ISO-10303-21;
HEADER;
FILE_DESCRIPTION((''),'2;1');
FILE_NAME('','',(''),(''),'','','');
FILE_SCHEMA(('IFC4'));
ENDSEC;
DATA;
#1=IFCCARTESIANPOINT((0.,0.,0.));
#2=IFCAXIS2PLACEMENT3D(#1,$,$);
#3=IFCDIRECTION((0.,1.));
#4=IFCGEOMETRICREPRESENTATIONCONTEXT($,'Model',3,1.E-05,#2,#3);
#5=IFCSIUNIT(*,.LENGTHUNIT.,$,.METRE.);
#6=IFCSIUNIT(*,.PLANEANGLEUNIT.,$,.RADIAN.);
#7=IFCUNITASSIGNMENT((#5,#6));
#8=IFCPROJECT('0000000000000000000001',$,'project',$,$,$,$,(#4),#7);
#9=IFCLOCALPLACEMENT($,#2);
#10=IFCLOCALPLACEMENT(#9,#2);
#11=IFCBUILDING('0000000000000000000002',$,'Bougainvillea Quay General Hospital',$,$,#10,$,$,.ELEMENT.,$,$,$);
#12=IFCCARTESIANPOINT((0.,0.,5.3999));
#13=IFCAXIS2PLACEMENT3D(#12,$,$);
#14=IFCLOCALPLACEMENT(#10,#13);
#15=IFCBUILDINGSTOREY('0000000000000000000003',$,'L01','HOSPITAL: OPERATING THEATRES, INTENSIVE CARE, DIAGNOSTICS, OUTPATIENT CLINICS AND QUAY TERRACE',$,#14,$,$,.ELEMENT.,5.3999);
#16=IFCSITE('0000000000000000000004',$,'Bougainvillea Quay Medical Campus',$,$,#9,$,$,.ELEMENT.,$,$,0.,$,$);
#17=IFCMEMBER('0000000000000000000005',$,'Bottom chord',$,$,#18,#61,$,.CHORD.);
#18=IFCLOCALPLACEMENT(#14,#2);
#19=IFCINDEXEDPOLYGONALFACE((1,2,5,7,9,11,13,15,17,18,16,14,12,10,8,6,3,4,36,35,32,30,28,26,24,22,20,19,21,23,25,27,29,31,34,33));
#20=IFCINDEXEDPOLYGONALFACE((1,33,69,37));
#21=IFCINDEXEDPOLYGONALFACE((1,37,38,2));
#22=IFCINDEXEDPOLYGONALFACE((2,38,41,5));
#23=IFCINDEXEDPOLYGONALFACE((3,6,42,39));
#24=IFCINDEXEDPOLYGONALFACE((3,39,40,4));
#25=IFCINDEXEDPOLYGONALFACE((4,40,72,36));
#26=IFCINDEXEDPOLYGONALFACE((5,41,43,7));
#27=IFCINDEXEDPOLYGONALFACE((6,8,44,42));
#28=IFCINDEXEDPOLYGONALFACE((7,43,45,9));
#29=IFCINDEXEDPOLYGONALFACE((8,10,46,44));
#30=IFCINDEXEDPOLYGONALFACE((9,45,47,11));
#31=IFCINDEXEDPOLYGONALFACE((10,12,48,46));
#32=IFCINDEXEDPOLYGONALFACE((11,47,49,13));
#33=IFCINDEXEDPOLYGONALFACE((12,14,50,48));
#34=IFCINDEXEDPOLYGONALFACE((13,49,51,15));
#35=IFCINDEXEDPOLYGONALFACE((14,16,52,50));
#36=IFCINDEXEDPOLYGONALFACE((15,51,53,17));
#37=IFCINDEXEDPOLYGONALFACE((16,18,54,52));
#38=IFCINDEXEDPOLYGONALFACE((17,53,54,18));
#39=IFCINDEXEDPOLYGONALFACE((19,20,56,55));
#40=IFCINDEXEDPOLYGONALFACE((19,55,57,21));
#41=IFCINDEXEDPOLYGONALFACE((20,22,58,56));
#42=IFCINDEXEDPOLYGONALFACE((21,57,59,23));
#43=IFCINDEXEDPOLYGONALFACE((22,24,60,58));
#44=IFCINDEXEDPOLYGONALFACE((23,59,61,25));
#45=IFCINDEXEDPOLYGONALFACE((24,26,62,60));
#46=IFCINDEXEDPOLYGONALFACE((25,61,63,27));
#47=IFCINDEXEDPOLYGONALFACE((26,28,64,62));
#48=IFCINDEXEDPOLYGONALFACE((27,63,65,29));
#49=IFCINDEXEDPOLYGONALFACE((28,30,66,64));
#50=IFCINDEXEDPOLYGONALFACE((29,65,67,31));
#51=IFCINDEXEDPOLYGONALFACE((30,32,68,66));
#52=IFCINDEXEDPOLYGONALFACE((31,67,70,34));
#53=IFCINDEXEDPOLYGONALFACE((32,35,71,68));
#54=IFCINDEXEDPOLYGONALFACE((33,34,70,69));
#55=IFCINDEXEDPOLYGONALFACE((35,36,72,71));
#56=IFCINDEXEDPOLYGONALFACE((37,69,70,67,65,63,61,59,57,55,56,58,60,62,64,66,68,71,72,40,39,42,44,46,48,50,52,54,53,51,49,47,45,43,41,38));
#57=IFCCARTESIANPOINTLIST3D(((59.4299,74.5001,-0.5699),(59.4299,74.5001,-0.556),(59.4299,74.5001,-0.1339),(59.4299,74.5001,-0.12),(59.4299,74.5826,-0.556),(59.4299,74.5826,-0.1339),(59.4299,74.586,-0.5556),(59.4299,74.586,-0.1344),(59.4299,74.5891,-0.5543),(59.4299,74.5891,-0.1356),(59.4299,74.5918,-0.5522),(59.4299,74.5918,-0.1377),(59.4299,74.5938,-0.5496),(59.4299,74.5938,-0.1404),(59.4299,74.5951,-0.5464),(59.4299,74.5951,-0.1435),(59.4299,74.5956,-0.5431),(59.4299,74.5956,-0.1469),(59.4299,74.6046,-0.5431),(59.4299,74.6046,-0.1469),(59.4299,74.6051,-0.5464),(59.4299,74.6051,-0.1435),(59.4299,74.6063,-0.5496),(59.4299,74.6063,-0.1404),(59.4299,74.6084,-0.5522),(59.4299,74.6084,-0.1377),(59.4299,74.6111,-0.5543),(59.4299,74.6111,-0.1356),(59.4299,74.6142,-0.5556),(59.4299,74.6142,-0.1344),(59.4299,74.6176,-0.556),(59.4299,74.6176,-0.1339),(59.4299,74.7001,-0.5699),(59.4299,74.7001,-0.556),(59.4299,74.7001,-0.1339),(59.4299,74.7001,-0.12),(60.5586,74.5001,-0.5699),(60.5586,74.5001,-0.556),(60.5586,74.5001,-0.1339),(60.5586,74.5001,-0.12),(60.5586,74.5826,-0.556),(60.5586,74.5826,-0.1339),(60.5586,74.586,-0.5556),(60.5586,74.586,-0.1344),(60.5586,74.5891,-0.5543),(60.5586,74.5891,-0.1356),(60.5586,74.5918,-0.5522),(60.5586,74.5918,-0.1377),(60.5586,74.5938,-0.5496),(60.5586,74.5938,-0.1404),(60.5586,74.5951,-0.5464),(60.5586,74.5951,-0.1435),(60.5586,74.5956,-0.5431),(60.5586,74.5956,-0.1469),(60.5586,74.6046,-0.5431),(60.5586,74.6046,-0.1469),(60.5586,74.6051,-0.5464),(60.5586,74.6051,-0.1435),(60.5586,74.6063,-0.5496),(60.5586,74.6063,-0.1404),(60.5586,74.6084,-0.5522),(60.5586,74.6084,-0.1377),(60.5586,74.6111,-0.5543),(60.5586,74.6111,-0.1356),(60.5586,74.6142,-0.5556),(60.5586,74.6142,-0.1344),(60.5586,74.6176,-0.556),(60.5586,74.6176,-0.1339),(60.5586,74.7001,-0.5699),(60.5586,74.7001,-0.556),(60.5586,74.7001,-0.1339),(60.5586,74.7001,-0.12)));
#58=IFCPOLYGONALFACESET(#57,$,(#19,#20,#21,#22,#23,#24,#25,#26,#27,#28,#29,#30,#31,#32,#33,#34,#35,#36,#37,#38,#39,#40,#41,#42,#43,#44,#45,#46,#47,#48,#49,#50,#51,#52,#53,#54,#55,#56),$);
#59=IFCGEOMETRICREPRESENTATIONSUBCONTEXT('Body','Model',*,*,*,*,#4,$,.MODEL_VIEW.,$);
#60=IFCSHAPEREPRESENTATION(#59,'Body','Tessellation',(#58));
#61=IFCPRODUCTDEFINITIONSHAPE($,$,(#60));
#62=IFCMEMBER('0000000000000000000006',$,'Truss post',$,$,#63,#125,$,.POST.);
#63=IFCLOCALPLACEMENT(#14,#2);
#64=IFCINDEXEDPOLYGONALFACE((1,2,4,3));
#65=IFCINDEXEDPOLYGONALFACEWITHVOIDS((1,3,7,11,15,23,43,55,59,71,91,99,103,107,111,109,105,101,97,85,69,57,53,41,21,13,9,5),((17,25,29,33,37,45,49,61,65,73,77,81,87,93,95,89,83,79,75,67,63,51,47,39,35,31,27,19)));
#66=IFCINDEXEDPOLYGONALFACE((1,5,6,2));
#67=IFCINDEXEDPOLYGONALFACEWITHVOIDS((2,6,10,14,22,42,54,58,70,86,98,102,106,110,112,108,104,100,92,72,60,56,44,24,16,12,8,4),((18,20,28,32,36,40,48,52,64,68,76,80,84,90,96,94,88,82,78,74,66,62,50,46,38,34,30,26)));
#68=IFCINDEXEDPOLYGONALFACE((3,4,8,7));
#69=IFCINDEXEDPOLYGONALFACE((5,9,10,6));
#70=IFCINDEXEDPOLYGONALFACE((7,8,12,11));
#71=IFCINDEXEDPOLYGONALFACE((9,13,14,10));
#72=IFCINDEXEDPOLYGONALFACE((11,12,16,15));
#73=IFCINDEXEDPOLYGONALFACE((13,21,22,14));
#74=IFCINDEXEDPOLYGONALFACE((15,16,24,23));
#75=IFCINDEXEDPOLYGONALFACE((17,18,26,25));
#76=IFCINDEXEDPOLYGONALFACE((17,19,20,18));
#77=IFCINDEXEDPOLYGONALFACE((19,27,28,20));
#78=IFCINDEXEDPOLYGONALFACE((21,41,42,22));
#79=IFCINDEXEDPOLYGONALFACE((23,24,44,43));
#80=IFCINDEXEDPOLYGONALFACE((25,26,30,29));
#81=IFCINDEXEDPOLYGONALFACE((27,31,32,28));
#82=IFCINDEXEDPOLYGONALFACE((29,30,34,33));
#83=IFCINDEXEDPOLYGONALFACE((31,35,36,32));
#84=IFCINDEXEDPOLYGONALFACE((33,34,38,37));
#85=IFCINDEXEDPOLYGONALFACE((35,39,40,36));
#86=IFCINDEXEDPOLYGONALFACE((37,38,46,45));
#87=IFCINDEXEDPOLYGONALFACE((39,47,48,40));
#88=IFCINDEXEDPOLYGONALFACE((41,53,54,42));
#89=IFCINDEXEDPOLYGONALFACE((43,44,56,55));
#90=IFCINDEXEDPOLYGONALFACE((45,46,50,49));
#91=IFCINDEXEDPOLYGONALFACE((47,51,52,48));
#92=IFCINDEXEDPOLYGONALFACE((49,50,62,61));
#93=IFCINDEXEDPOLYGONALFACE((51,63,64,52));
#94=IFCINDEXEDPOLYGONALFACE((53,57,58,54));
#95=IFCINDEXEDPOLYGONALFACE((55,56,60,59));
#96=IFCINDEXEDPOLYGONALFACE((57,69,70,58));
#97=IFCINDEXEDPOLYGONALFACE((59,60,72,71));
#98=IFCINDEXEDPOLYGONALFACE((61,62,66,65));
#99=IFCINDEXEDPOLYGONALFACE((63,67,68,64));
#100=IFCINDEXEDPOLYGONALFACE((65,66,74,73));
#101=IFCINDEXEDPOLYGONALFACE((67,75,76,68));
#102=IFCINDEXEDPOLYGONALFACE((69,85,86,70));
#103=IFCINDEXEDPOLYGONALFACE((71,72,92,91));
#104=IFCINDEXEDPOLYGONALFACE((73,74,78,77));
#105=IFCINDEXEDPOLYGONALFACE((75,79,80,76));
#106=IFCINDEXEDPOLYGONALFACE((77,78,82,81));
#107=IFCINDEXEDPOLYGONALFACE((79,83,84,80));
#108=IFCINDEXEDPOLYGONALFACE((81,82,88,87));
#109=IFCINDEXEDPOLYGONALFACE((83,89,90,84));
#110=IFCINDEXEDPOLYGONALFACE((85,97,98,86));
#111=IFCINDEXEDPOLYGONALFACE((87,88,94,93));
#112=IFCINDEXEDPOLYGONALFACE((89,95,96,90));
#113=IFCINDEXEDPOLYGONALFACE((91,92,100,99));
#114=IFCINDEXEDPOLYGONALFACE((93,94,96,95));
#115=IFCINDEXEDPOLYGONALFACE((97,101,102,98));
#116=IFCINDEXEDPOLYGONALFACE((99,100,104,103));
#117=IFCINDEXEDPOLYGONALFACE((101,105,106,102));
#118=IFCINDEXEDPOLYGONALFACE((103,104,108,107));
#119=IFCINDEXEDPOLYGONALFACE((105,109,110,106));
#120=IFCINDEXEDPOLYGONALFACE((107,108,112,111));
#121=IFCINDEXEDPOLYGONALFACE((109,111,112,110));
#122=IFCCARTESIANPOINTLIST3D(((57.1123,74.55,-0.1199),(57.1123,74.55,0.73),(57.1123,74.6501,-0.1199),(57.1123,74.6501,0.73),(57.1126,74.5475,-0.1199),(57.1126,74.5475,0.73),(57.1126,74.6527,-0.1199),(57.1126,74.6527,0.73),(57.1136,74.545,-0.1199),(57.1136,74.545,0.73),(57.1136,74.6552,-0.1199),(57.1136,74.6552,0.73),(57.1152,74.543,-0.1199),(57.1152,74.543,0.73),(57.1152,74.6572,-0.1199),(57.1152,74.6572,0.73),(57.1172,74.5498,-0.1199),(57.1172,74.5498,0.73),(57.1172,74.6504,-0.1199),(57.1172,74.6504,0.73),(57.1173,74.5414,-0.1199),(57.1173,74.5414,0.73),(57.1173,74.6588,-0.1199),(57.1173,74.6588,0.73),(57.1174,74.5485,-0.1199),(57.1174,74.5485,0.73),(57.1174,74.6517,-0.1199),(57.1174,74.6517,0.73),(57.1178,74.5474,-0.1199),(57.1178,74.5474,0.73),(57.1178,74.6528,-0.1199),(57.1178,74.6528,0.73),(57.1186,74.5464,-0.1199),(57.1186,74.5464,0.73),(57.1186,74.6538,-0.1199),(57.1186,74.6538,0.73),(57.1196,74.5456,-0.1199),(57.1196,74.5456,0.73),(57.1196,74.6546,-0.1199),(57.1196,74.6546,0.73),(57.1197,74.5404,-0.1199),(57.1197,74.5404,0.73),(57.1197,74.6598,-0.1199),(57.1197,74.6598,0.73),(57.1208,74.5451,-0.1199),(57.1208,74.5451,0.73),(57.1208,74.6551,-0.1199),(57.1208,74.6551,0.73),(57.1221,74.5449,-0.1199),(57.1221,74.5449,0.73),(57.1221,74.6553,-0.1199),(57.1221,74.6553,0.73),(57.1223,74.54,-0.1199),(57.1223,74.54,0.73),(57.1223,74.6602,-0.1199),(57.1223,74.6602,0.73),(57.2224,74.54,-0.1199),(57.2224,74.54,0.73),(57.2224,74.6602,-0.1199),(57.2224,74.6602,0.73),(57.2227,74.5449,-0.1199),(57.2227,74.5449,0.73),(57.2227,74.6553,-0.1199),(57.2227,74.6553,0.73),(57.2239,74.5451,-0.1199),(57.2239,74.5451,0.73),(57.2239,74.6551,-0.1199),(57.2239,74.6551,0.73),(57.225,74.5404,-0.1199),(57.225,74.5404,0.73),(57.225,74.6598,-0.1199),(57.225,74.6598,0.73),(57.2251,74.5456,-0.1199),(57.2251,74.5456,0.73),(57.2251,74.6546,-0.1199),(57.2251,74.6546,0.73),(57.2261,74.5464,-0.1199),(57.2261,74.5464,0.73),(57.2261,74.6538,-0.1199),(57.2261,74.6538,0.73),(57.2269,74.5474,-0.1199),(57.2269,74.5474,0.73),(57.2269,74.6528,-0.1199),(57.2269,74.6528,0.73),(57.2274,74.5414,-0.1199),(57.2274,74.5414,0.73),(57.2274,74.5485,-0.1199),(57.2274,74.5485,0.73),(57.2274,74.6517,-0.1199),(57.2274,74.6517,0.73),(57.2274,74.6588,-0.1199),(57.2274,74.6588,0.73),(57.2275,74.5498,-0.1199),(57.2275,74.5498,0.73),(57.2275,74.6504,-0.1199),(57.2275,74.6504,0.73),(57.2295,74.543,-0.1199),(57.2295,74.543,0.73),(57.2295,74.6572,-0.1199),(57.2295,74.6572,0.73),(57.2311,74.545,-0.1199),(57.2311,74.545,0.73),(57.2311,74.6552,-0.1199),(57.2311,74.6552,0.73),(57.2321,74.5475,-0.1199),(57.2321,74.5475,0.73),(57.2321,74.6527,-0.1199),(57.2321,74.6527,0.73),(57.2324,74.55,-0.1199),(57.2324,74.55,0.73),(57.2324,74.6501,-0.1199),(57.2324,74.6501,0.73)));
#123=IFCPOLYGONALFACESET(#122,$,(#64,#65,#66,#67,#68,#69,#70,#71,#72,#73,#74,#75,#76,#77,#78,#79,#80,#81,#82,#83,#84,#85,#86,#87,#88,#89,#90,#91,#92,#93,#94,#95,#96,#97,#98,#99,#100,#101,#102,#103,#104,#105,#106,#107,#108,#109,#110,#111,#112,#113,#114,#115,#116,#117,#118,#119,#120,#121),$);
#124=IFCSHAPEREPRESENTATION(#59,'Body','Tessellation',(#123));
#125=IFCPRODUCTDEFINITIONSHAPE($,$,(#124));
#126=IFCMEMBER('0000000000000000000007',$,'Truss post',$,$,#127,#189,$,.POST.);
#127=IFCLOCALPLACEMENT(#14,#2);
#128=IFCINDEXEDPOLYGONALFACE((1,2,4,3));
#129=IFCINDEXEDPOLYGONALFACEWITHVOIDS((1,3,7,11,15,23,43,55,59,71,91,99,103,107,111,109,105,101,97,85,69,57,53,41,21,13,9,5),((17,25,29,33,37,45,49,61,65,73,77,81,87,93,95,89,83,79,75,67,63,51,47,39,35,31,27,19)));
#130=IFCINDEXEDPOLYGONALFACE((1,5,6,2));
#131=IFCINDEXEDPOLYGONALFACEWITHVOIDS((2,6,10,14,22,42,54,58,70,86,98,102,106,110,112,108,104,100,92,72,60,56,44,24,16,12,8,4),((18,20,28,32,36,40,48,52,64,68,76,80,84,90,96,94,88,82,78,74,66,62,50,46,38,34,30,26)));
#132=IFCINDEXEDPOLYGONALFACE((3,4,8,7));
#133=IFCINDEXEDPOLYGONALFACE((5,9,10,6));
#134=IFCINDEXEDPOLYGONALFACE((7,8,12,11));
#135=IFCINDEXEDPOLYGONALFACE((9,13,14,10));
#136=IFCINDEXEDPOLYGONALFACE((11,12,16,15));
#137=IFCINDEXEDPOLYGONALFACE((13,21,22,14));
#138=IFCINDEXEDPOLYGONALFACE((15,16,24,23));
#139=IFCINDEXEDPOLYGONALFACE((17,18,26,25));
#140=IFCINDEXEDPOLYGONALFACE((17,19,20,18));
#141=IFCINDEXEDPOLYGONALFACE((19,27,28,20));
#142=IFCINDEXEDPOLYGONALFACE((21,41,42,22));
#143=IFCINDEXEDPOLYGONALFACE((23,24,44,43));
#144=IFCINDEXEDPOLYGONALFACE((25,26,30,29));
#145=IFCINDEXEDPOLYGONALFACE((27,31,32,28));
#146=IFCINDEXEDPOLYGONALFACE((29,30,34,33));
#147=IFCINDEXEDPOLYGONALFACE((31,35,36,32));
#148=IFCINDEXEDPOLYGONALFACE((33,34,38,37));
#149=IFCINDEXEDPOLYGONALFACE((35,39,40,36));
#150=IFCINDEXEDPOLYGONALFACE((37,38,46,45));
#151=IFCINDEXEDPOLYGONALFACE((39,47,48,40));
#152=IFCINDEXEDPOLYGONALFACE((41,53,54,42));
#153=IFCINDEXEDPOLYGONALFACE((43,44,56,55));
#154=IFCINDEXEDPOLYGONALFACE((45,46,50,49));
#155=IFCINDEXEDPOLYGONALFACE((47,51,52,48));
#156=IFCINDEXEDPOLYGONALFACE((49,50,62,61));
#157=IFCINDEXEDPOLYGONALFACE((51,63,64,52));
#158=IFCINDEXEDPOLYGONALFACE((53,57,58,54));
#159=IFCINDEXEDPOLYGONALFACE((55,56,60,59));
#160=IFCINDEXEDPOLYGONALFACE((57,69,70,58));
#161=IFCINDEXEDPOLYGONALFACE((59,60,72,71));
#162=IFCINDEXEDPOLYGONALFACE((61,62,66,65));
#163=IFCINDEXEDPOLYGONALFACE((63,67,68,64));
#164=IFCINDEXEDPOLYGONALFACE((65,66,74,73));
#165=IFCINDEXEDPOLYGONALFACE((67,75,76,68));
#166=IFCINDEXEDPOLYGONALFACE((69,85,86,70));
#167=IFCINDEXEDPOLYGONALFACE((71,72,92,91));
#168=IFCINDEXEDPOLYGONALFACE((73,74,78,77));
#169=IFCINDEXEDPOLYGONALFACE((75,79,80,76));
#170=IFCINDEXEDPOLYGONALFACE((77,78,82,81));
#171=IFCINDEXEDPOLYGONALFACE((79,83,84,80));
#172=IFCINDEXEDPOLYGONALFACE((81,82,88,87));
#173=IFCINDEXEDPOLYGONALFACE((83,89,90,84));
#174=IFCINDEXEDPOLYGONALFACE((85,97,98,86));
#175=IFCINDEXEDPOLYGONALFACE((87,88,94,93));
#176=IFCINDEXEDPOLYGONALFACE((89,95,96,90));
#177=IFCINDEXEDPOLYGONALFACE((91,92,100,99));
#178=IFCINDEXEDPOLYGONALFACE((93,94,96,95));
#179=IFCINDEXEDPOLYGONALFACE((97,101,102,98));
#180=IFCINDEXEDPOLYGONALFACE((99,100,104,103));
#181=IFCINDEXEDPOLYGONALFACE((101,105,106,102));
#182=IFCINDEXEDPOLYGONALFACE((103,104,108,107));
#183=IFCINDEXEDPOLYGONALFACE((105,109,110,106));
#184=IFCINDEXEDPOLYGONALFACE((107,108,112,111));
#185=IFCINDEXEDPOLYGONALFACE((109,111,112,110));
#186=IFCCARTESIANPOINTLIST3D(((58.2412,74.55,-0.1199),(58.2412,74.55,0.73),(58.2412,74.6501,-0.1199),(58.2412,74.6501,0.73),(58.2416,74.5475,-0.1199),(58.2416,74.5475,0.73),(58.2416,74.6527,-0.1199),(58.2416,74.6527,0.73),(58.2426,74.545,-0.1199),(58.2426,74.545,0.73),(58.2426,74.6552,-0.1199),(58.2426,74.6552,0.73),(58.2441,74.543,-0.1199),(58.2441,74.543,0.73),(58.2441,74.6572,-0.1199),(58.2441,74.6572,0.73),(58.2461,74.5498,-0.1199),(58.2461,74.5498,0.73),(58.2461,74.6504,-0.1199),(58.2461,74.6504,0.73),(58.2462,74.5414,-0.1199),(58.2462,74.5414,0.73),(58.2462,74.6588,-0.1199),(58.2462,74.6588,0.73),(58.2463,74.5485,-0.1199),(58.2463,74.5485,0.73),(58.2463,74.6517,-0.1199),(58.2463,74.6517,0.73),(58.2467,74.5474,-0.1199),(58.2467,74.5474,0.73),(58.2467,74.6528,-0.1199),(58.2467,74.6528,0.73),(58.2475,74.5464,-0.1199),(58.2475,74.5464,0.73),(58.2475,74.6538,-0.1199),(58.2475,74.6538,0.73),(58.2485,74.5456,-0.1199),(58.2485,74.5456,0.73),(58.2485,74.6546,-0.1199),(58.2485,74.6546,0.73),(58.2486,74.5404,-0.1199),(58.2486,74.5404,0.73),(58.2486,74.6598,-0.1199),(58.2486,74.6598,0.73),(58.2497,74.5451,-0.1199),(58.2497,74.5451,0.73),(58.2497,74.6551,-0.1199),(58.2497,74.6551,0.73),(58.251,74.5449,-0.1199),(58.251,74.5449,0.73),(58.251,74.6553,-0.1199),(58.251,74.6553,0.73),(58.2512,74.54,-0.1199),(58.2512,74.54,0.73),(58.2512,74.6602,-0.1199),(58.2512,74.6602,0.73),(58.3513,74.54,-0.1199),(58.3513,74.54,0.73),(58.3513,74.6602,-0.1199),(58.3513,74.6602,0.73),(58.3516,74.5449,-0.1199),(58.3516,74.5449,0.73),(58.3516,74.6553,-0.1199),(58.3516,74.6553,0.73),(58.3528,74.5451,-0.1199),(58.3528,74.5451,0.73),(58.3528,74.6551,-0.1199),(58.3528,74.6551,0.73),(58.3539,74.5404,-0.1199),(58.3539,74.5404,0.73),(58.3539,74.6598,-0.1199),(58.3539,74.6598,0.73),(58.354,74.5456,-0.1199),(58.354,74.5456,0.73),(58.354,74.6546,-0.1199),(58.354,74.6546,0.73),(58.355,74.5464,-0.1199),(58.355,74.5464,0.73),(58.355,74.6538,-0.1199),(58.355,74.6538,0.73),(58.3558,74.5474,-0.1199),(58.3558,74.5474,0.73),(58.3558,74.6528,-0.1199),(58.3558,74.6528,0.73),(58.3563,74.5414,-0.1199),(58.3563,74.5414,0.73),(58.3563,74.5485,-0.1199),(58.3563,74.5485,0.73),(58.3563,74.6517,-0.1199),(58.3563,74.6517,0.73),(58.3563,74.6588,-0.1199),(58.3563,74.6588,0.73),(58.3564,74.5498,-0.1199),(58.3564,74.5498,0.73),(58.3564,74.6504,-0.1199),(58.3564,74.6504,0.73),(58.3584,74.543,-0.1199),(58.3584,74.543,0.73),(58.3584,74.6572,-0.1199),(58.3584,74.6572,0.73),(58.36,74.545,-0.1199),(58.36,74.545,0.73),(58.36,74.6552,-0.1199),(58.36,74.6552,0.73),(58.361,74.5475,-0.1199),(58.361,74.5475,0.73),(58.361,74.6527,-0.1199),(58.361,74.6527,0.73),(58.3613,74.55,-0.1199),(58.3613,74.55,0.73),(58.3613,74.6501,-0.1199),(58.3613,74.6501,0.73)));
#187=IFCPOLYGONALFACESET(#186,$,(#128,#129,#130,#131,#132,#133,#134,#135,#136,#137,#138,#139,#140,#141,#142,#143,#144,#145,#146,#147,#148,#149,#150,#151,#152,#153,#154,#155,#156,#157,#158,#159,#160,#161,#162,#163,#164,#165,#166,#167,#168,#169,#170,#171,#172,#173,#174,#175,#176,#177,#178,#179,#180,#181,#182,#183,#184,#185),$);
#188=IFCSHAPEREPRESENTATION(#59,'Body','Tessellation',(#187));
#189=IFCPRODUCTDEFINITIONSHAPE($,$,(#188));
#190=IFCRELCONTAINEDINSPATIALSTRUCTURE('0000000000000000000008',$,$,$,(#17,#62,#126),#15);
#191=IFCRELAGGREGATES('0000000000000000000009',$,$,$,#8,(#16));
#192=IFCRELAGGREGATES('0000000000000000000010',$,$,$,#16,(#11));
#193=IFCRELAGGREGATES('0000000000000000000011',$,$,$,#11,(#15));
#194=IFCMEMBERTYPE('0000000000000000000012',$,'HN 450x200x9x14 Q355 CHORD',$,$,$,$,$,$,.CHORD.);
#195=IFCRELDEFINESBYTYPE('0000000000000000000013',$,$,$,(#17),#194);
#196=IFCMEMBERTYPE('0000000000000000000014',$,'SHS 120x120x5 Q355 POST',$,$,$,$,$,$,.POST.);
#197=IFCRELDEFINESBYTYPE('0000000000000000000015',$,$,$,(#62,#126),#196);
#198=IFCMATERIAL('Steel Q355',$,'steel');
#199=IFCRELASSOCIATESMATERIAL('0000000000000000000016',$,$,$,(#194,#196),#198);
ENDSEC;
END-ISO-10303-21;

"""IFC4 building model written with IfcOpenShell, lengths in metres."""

from ifc_helpers import new_model, si_unit, direction, frame, origin, origin_2d, place, context, subcontext, project, spatial, hollow_rectangle, i_section, extrude, material, material_profile, profile_set, type_object, element, save


model = new_model("IFC4")

# Units and contexts
model_context = context("Model", 3, precision=1e-05, world=origin(), true_north=direction((0.0, 1.0)))
body_context = subcontext(model_context, "Body", "Model", "MODEL_VIEW")
ifc_project = project(units=[si_unit("LENGTHUNIT", "METRE"), si_unit("PLANEANGLEUNIT", "RADIAN")], contexts=[model_context])

# Site, building, storey
site_placement = place(None, origin())
site = spatial("IfcSite", under=ifc_project, at=site_placement, Name="Bougainvillea Quay Medical Campus", CompositionType="ELEMENT", RefElevation=0.0)
building_placement = place(site_placement, origin())
building = spatial("IfcBuilding", under=site, at=building_placement, Name="Bougainvillea Quay General Hospital", CompositionType="ELEMENT")
storey_placement = place(building_placement, frame((0.0, 0.0, 5.3999)))
storey = spatial("IfcBuildingStorey", under=building, at=storey_placement, Name="L01", Description="HOSPITAL: OPERATING THEATRES, INTENSIVE CARE, DIAGNOSTICS, OUTPATIENT CLINICS AND QUAY TERRACE", CompositionType="ELEMENT", Elevation=5.3999)

# Members
ifc_material_1 = material(Name="Steel Q355", Category="steel")
ifc_material_profile_1 = material_profile(ifc_material_1, i_section(OverallWidth=0.2, OverallDepth=0.45, WebThickness=0.009, FlangeThickness=0.0139, FilletRadius=0.0129, at=origin_2d()))
ifc_profile_set_1 = profile_set([ifc_material_profile_1], Name="Steel Q355")
member_type_1 = type_object("IfcMemberType", Name="HN 450x200x9x14 Q355 CHORD", PredefinedType="CHORD", material=ifc_profile_set_1)
for number, where, z_axis, x_axis, name in (
    (1, (59.4299, 74.6001, -0.345), (1.0, 0.0, 0.0), (0.0, 1.0, 0.0), "Bottom chord"),
):
    element("IfcMember", number, at=place(storey_placement, frame(where, z_axis=z_axis, x_axis=x_axis)), inside=storey, type_object=member_type_1, Name=name, PredefinedType="CHORD", context=body_context, shape_type="SweptSolid", body=[
        extrude(i_section(OverallWidth=0.2, OverallDepth=0.45, WebThickness=0.009, FlangeThickness=0.0139, FilletRadius=0.0129, at=origin_2d()), origin(), (0.0, 0.0, 1.0), 1.1287),
    ])
ifc_material_profile_2 = material_profile(ifc_material_1, hollow_rectangle(XDim=0.1201, YDim=0.1201, WallThickness=0.0049, InnerFilletRadius=0.0049, OuterFilletRadius=0.01, at=origin_2d()))
ifc_profile_set_2 = profile_set([ifc_material_profile_2], Name="Steel Q355")
member_type_2 = type_object("IfcMemberType", Name="SHS 120x120x5 Q355 POST", PredefinedType="POST", material=ifc_profile_set_2)
for number, where, z_axis, x_axis, name in (
    (2, (57.1724, 74.6001, -0.1199), (0.0, 0.0, 1.0), (1.0, 0.0, 0.0), "Truss post"),
    (3, (58.3013, 74.6001, -0.1199), (0.0, 0.0, 1.0), (1.0, 0.0, 0.0), "Truss post"),
):
    element("IfcMember", number, at=place(storey_placement, frame(where, z_axis=z_axis, x_axis=x_axis)), inside=storey, type_object=member_type_2, Name=name, PredefinedType="POST", context=body_context, shape_type="SweptSolid", body=[
        extrude(hollow_rectangle(XDim=0.1201, YDim=0.1201, WallThickness=0.0049, InnerFilletRadius=0.0049, OuterFilletRadius=0.01, at=origin_2d()), origin(), (0.0, 0.0, 1.0), 0.8499),
    ])

save(model, "model.ifc")
